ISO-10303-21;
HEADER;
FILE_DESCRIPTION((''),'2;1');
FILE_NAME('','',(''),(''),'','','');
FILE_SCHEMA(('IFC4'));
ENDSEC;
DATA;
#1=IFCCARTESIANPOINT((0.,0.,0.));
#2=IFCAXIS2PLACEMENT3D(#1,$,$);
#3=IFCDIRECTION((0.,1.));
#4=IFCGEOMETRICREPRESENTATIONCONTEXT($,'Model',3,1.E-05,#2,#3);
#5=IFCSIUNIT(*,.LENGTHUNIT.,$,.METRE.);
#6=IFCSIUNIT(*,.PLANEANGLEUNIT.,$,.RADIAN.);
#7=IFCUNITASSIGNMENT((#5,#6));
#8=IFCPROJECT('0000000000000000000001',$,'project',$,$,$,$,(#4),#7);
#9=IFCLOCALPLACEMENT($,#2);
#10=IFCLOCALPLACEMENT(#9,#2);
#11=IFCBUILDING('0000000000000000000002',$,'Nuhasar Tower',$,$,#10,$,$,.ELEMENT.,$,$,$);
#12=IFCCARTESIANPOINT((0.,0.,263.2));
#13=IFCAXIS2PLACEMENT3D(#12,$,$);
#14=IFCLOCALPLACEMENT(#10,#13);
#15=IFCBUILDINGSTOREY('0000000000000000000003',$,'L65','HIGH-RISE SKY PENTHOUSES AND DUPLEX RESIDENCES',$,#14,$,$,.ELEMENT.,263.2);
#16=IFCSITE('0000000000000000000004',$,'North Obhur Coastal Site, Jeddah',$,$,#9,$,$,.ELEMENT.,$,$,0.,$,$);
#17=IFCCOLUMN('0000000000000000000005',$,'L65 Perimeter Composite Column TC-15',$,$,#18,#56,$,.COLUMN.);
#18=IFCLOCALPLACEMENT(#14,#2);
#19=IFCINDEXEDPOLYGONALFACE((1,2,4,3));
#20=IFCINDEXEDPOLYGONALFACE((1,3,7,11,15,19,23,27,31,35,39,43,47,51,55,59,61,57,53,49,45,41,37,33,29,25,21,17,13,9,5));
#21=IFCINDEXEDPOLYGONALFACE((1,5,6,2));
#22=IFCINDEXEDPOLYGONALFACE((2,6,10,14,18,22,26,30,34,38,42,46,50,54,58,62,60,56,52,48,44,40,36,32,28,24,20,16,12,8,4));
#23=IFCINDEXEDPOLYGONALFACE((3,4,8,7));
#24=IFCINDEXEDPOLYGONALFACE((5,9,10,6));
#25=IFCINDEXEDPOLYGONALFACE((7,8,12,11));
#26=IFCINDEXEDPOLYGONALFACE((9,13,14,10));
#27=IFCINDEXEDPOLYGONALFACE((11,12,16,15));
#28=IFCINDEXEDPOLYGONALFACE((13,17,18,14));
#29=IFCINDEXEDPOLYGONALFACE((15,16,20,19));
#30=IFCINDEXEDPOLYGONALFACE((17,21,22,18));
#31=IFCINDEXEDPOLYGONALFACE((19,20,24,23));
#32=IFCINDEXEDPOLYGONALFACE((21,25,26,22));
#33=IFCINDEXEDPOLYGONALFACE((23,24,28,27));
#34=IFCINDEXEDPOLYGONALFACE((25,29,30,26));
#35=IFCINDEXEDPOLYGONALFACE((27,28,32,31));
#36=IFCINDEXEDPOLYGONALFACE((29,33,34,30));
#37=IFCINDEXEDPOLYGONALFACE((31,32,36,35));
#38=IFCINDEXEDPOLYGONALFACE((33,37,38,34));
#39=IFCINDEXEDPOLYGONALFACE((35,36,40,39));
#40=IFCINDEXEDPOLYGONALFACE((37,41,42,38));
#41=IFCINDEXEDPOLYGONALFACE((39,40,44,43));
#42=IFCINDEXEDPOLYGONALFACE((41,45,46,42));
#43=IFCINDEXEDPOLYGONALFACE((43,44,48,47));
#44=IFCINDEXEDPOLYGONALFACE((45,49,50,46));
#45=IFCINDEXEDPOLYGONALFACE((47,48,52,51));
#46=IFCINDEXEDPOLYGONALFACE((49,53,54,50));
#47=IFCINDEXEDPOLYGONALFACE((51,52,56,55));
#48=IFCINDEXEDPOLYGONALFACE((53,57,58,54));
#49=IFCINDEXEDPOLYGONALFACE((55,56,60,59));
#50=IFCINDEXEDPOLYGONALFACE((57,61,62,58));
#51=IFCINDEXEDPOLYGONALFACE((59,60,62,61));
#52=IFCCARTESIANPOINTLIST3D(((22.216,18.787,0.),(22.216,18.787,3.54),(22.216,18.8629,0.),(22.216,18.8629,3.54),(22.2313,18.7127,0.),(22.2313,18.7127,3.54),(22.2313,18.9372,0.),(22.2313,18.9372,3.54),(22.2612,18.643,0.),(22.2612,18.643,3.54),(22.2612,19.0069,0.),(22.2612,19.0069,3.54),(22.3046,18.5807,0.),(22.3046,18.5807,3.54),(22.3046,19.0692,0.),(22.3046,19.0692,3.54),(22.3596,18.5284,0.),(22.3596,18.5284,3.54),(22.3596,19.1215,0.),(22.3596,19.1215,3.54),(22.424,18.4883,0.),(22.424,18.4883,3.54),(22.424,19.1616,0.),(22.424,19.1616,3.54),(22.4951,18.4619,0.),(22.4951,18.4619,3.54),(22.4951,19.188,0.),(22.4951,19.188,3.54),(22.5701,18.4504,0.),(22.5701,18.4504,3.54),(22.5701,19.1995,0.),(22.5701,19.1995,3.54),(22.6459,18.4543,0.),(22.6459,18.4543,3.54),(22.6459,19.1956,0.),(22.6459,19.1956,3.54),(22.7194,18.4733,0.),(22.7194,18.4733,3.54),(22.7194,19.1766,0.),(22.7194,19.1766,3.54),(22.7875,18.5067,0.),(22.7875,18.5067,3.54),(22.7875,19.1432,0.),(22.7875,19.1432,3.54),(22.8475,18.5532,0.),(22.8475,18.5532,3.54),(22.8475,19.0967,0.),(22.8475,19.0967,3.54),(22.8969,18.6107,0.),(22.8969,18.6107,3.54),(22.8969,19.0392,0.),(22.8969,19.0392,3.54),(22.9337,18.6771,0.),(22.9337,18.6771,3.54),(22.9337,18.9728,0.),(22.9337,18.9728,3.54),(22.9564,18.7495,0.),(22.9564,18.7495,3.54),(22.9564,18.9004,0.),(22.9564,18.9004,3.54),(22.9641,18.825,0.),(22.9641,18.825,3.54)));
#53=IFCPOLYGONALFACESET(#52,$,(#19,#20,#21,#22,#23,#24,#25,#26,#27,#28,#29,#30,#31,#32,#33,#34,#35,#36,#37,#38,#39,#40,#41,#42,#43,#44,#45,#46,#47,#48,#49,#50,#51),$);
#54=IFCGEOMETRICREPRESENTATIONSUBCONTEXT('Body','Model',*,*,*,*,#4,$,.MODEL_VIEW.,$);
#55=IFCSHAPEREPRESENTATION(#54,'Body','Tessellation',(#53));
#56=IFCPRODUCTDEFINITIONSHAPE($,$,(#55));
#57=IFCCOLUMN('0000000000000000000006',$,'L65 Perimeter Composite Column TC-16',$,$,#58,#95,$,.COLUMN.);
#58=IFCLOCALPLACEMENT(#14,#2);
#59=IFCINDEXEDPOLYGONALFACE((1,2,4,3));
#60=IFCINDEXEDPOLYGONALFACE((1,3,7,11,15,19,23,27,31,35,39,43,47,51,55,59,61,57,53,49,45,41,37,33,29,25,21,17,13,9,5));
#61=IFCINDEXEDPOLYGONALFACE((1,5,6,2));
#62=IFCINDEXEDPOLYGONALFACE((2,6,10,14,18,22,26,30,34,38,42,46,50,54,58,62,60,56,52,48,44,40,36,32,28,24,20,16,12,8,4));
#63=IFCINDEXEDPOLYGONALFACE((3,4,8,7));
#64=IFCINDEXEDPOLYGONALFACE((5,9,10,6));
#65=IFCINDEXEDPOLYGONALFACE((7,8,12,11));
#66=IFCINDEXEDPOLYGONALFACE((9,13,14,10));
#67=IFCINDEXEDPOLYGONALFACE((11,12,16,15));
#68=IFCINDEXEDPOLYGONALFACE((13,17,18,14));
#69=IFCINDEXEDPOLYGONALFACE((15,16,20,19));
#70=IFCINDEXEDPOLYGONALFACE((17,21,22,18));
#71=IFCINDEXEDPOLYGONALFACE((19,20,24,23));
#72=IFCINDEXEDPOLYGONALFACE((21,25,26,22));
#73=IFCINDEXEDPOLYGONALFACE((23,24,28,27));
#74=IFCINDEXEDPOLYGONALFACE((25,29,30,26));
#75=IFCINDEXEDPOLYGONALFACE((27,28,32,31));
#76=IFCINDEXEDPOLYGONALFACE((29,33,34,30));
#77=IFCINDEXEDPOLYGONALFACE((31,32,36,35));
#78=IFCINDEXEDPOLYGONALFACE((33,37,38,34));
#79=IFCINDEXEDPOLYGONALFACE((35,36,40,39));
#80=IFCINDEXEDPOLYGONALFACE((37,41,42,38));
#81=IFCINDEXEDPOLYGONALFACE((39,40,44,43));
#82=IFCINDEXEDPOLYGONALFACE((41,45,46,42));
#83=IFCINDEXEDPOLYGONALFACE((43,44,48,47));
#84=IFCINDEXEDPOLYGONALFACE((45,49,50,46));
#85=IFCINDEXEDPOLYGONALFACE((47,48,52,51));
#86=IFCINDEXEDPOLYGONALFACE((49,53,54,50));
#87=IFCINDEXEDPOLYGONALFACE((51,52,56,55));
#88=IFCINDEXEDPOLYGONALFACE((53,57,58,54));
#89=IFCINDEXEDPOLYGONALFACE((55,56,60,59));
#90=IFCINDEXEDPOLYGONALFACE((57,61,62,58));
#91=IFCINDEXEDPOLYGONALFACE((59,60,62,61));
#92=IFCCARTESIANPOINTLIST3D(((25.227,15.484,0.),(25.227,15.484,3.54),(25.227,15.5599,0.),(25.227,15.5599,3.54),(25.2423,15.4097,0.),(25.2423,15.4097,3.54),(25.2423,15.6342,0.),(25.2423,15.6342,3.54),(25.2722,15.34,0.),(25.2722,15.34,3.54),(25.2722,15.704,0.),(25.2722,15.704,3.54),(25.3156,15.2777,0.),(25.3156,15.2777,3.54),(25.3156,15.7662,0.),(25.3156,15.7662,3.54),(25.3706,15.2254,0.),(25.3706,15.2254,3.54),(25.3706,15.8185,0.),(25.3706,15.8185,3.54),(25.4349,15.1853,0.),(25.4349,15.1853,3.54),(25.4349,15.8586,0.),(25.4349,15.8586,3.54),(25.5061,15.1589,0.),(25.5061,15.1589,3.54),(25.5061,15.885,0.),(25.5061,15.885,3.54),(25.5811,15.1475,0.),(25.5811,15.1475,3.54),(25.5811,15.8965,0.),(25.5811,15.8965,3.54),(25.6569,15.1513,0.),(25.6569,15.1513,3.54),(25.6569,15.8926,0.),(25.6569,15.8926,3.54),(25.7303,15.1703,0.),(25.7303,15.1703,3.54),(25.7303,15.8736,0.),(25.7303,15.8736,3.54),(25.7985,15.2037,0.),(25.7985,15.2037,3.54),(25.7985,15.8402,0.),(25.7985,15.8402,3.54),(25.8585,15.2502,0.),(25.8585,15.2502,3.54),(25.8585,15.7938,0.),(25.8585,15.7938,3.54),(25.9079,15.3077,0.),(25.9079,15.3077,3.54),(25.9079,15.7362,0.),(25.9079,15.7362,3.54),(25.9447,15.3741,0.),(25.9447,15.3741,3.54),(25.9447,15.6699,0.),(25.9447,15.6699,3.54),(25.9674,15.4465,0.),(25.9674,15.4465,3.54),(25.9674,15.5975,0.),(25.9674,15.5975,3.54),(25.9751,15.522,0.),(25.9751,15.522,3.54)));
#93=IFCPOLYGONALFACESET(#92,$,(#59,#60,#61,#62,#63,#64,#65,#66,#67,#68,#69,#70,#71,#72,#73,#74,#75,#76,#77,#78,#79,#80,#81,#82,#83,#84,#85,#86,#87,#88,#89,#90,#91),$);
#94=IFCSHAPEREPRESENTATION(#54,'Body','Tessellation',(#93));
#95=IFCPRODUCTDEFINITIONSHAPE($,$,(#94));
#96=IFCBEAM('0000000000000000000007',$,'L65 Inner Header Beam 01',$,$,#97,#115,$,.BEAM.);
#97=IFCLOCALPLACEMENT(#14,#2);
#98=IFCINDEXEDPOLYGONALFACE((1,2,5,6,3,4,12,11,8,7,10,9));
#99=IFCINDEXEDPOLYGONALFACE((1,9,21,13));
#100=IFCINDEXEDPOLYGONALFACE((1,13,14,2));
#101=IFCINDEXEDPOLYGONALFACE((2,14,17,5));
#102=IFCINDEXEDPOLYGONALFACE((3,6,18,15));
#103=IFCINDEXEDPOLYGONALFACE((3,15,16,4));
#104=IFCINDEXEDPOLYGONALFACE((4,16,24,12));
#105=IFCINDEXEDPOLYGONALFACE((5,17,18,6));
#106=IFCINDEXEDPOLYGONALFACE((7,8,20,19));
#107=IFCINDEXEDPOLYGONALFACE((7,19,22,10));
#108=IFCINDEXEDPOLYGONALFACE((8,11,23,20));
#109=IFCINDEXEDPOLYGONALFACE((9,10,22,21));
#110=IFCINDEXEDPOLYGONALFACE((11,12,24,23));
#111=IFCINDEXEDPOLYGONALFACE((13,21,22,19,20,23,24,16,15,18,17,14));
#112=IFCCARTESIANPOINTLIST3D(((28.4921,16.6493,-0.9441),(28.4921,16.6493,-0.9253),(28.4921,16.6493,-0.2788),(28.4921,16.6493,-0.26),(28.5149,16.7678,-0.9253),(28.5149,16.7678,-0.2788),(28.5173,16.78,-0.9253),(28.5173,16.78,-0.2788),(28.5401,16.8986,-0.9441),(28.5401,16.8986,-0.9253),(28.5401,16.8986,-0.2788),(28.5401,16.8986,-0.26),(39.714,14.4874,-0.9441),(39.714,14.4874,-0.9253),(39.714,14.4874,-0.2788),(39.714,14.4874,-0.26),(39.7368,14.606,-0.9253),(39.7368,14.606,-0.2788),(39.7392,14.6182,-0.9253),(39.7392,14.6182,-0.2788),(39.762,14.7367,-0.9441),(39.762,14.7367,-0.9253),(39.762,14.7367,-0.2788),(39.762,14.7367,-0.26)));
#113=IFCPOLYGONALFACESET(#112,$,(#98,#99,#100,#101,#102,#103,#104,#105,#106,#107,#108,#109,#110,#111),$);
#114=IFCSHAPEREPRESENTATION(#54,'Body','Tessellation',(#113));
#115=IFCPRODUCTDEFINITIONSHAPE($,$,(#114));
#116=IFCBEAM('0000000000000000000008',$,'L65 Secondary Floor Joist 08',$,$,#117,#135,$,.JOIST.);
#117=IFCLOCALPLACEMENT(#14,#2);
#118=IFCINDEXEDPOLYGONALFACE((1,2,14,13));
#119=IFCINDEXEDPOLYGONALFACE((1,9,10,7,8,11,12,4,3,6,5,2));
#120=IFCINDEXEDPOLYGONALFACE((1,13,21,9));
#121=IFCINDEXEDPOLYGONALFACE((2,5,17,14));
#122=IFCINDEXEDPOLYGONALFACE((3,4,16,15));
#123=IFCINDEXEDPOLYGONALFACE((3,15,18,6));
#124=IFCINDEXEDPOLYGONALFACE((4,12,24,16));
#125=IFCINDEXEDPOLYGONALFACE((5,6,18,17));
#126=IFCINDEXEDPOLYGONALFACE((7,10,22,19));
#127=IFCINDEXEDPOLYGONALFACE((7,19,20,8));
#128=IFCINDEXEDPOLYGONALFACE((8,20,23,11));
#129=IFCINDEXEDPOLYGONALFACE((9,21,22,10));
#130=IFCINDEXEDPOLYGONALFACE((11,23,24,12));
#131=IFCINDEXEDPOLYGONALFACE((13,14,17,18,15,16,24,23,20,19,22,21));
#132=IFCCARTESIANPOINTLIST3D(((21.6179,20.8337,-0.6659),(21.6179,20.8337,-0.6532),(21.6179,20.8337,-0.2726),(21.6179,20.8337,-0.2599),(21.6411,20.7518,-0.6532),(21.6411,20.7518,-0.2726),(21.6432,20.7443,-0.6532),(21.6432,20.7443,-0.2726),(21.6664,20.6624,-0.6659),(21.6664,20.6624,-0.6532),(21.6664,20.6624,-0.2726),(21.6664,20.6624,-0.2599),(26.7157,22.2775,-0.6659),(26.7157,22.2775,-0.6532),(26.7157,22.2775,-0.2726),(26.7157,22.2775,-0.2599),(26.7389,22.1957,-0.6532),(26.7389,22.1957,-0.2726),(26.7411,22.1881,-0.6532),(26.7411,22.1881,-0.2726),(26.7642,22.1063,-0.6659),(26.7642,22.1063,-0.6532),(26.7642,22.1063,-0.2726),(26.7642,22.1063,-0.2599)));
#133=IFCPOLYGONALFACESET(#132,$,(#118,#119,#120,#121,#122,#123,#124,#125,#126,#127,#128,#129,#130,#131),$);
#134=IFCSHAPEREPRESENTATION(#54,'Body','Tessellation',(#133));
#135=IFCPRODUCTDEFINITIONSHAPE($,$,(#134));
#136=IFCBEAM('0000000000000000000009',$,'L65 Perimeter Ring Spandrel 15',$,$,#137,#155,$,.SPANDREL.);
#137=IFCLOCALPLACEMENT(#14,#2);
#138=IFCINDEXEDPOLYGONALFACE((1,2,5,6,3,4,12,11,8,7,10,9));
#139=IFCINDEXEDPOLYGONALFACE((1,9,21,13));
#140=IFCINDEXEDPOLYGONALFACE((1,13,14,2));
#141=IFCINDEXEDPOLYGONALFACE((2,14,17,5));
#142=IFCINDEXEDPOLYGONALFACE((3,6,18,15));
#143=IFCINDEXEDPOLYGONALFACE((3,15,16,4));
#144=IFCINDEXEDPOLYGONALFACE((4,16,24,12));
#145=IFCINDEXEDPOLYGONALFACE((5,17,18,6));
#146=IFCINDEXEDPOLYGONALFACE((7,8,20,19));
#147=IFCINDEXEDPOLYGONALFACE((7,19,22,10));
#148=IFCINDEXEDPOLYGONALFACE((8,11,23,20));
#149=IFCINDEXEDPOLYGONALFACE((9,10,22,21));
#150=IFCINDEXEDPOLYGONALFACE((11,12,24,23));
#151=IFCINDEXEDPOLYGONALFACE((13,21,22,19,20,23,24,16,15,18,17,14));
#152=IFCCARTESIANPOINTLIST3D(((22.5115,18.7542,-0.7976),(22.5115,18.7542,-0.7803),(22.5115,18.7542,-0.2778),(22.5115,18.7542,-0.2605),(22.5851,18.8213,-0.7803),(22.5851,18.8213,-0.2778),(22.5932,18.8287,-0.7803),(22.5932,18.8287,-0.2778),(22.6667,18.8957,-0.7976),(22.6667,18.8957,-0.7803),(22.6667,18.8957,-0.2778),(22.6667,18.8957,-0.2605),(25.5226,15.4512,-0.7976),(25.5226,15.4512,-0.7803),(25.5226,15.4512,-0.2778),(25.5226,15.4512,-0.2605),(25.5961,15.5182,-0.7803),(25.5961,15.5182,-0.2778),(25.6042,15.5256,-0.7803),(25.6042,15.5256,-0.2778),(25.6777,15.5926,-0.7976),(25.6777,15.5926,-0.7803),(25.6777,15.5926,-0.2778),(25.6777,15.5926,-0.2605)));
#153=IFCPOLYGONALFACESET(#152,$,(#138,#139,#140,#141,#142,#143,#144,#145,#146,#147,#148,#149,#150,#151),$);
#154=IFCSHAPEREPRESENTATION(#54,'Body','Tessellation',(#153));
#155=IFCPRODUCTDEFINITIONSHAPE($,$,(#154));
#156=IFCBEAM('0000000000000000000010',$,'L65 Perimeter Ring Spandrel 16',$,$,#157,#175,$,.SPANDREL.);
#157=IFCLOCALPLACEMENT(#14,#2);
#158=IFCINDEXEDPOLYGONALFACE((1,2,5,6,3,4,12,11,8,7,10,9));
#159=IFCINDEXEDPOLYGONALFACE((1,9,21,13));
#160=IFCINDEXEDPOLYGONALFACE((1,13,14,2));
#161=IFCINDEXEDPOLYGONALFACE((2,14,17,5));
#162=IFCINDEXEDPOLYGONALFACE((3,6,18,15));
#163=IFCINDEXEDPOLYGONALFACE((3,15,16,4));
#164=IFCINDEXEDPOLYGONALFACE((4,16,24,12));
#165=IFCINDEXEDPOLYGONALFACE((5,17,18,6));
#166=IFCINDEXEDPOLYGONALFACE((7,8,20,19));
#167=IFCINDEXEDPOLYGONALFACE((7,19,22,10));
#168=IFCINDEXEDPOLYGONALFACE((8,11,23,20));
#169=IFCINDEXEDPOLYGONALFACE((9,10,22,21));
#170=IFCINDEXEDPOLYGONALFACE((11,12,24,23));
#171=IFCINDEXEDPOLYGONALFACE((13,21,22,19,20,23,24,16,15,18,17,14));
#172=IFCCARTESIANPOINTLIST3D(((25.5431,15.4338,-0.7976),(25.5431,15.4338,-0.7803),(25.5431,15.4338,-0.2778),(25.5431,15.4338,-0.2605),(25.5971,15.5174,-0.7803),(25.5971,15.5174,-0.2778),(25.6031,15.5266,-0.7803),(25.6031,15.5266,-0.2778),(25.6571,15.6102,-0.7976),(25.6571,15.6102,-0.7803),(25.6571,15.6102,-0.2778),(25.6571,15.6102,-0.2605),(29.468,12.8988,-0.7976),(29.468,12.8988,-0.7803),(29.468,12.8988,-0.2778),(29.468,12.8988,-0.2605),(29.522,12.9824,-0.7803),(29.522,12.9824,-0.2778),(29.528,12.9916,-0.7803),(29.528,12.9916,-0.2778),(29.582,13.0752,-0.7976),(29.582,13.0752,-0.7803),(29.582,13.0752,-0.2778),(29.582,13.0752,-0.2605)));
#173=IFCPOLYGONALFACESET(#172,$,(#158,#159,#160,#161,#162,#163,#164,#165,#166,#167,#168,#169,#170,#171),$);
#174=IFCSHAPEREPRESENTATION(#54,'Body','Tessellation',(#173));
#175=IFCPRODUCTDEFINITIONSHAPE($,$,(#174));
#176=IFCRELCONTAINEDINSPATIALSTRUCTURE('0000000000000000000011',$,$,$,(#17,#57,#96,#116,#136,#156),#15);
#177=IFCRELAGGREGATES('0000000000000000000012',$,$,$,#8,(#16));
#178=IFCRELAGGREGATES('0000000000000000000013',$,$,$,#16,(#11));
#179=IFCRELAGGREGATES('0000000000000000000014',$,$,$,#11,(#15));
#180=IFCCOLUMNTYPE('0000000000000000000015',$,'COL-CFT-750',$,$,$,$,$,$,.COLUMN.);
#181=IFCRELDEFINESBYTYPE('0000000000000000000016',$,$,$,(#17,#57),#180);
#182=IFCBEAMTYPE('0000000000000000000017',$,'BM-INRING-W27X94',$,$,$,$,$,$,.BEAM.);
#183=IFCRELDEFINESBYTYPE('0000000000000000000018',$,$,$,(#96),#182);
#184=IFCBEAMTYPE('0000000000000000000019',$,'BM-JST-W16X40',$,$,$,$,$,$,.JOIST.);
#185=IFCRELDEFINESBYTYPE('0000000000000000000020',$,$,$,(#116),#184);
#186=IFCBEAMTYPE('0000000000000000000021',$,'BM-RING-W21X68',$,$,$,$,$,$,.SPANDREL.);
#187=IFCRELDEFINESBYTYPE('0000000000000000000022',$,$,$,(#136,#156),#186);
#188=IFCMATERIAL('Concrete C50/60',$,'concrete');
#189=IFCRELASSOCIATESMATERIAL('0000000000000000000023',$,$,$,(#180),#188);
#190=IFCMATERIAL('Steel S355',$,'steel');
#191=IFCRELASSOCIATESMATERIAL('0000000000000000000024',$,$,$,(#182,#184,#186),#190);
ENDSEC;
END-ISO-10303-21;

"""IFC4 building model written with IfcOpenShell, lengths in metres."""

from ifc_helpers import new_model, si_unit, direction, frame, origin, origin_2d, place, context, subcontext, project, spatial, circle, i_section, extrude, material, material_profile, profile_set, type_object, element, save


model = new_model("IFC4")

# Units and contexts
model_context = context("Model", 3, precision=1e-05, world=origin(), true_north=direction((0.0, 1.0)))
body_context = subcontext(model_context, "Body", "Model", "MODEL_VIEW")
ifc_project = project(units=[si_unit("LENGTHUNIT", "METRE"), si_unit("PLANEANGLEUNIT", "RADIAN")], contexts=[model_context])

# Site, building, storey
site_placement = place(None, origin())
site = spatial("IfcSite", under=ifc_project, at=site_placement, Name="North Obhur Coastal Site, Jeddah", CompositionType="ELEMENT", RefElevation=0.0)
building_placement = place(site_placement, origin())
building = spatial("IfcBuilding", under=site, at=building_placement, Name="Nuhasar Tower", CompositionType="ELEMENT")
storey_placement = place(building_placement, frame((0.0, 0.0, 263.2)))
storey = spatial("IfcBuildingStorey", under=building, at=storey_placement, Name="L65", Description="HIGH-RISE SKY PENTHOUSES AND DUPLEX RESIDENCES", CompositionType="ELEMENT", Elevation=263.2)

# Columns
ifc_material_1 = material(Name="Concrete C50/60", Category="concrete")
ifc_material_profile_1 = material_profile(ifc_material_1, circle(Radius=0.375, at=origin_2d()), Name="CFT750")
ifc_profile_set_1 = profile_set([ifc_material_profile_1], Name="Concrete C50/60")
column_type = type_object("IfcColumnType", Name="COL-CFT-750", PredefinedType="COLUMN", material=ifc_profile_set_1)
for number, where, z_axis, x_axis, name in (
    (1, (22.5891, 18.825, 0.0), (0.0, 0.0, 1.0), (1.0, 0.0, 0.0), "L65 Perimeter Composite Column TC-15"),
    (2, (25.6001, 15.522, 0.0), (0.0, 0.0, 1.0), (1.0, 0.0, 0.0), "L65 Perimeter Composite Column TC-16"),
):
    element("IfcColumn", number, at=place(storey_placement, frame(where, z_axis=z_axis, x_axis=x_axis)), inside=storey, type_object=column_type, Name=name, PredefinedType="COLUMN", context=body_context, shape_type="SweptSolid", body=[
        extrude(circle(Radius=0.375, at=origin_2d()), origin(), (0.0, 0.0, 1.0), 3.54),
    ])

# Beams
ifc_material_2 = material(Name="Steel S355", Category="steel")
ifc_material_profile_2 = material_profile(ifc_material_2, i_section(OverallWidth=0.2539, OverallDepth=0.6841, WebThickness=0.0125, FlangeThickness=0.0188, at=origin_2d()), Name="W27X94")
ifc_profile_set_2 = profile_set([ifc_material_profile_2], Name="Steel S355")
beam_type_1 = type_object("IfcBeamType", Name="BM-INRING-W27X94", PredefinedType="BEAM", material=ifc_profile_set_2)
beam_1_placement = place(storey_placement, frame((28.5161, 16.7739, -0.6021), z_axis=(0.981945, -0.189168, 0.0), x_axis=(0.189168, 0.981945, 0.0)))
element("IfcBeam", 3, at=beam_1_placement, inside=storey, type_object=beam_type_1, Name="L65 Inner Header Beam 01", PredefinedType="BEAM", context=body_context, shape_type="SweptSolid", body=[
    extrude(i_section(OverallWidth=0.2539, OverallDepth=0.6841, WebThickness=0.0125, FlangeThickness=0.0188, at=origin_2d()), origin(), (0.0, 0.0, 1.0), 11.4282),
])
ifc_material_profile_3 = material_profile(ifc_material_2, i_section(OverallWidth=0.178, OverallDepth=0.406, WebThickness=0.0078, FlangeThickness=0.0127, at=origin_2d()), Name="W16X40")
ifc_profile_set_3 = profile_set([ifc_material_profile_3], Name="Steel S355")
beam_type_2 = type_object("IfcBeamType", Name="BM-JST-W16X40", PredefinedType="JOIST", material=ifc_profile_set_3)
beam_2_placement = place(storey_placement, frame((26.74, 22.1919, -0.4629), z_axis=(-0.962154, -0.272505, 0.0), x_axis=(0.272505, -0.962154, 0.0)))
element("IfcBeam", 4, at=beam_2_placement, inside=storey, type_object=beam_type_2, Name="L65 Secondary Floor Joist 08", PredefinedType="JOIST", context=body_context, shape_type="SweptSolid", body=[
    extrude(i_section(OverallWidth=0.178, OverallDepth=0.406, WebThickness=0.0078, FlangeThickness=0.0127, at=origin_2d()), origin(), (0.0, 0.0, 1.0), 5.2983),
])
ifc_material_profile_4 = material_profile(ifc_material_2, i_section(OverallWidth=0.21, OverallDepth=0.5371, WebThickness=0.011, FlangeThickness=0.0173, at=origin_2d()), Name="W21X68")
ifc_profile_set_4 = profile_set([ifc_material_profile_4], Name="Steel S355")
beam_type_3 = type_object("IfcBeamType", Name="BM-RING-W21X68", PredefinedType="SPANDREL", material=ifc_profile_set_4)
beam_3_placement = place(storey_placement, frame((22.5891, 18.825, -0.5291), z_axis=(0.673686, -0.739017, 0.0), x_axis=(0.739017, 0.673686, 0.0)))
element("IfcBeam", 5, at=beam_3_placement, inside=storey, type_object=beam_type_3, Name="L65 Perimeter Ring Spandrel 15", PredefinedType="SPANDREL", context=body_context, shape_type="SweptSolid", body=[
    extrude(i_section(OverallWidth=0.21, OverallDepth=0.5371, WebThickness=0.011, FlangeThickness=0.0173, at=origin_2d()), origin(), (0.0, 0.0, 1.0), 4.4695),
])
beam_4_placement = place(storey_placement, frame((25.6001, 15.522, -0.5291), z_axis=(0.840025, -0.542547, 0.0), x_axis=(0.542547, 0.840025, 0.0)))
element("IfcBeam", 6, at=beam_4_placement, inside=storey, type_object=beam_type_3, Name="L65 Perimeter Ring Spandrel 16", PredefinedType="SPANDREL", context=body_context, shape_type="SweptSolid", body=[
    extrude(i_section(OverallWidth=0.21, OverallDepth=0.5371, WebThickness=0.011, FlangeThickness=0.0173, at=origin_2d()), origin(), (0.0, 0.0, 1.0), 4.6724),
])

save(model, "model.ifc")
